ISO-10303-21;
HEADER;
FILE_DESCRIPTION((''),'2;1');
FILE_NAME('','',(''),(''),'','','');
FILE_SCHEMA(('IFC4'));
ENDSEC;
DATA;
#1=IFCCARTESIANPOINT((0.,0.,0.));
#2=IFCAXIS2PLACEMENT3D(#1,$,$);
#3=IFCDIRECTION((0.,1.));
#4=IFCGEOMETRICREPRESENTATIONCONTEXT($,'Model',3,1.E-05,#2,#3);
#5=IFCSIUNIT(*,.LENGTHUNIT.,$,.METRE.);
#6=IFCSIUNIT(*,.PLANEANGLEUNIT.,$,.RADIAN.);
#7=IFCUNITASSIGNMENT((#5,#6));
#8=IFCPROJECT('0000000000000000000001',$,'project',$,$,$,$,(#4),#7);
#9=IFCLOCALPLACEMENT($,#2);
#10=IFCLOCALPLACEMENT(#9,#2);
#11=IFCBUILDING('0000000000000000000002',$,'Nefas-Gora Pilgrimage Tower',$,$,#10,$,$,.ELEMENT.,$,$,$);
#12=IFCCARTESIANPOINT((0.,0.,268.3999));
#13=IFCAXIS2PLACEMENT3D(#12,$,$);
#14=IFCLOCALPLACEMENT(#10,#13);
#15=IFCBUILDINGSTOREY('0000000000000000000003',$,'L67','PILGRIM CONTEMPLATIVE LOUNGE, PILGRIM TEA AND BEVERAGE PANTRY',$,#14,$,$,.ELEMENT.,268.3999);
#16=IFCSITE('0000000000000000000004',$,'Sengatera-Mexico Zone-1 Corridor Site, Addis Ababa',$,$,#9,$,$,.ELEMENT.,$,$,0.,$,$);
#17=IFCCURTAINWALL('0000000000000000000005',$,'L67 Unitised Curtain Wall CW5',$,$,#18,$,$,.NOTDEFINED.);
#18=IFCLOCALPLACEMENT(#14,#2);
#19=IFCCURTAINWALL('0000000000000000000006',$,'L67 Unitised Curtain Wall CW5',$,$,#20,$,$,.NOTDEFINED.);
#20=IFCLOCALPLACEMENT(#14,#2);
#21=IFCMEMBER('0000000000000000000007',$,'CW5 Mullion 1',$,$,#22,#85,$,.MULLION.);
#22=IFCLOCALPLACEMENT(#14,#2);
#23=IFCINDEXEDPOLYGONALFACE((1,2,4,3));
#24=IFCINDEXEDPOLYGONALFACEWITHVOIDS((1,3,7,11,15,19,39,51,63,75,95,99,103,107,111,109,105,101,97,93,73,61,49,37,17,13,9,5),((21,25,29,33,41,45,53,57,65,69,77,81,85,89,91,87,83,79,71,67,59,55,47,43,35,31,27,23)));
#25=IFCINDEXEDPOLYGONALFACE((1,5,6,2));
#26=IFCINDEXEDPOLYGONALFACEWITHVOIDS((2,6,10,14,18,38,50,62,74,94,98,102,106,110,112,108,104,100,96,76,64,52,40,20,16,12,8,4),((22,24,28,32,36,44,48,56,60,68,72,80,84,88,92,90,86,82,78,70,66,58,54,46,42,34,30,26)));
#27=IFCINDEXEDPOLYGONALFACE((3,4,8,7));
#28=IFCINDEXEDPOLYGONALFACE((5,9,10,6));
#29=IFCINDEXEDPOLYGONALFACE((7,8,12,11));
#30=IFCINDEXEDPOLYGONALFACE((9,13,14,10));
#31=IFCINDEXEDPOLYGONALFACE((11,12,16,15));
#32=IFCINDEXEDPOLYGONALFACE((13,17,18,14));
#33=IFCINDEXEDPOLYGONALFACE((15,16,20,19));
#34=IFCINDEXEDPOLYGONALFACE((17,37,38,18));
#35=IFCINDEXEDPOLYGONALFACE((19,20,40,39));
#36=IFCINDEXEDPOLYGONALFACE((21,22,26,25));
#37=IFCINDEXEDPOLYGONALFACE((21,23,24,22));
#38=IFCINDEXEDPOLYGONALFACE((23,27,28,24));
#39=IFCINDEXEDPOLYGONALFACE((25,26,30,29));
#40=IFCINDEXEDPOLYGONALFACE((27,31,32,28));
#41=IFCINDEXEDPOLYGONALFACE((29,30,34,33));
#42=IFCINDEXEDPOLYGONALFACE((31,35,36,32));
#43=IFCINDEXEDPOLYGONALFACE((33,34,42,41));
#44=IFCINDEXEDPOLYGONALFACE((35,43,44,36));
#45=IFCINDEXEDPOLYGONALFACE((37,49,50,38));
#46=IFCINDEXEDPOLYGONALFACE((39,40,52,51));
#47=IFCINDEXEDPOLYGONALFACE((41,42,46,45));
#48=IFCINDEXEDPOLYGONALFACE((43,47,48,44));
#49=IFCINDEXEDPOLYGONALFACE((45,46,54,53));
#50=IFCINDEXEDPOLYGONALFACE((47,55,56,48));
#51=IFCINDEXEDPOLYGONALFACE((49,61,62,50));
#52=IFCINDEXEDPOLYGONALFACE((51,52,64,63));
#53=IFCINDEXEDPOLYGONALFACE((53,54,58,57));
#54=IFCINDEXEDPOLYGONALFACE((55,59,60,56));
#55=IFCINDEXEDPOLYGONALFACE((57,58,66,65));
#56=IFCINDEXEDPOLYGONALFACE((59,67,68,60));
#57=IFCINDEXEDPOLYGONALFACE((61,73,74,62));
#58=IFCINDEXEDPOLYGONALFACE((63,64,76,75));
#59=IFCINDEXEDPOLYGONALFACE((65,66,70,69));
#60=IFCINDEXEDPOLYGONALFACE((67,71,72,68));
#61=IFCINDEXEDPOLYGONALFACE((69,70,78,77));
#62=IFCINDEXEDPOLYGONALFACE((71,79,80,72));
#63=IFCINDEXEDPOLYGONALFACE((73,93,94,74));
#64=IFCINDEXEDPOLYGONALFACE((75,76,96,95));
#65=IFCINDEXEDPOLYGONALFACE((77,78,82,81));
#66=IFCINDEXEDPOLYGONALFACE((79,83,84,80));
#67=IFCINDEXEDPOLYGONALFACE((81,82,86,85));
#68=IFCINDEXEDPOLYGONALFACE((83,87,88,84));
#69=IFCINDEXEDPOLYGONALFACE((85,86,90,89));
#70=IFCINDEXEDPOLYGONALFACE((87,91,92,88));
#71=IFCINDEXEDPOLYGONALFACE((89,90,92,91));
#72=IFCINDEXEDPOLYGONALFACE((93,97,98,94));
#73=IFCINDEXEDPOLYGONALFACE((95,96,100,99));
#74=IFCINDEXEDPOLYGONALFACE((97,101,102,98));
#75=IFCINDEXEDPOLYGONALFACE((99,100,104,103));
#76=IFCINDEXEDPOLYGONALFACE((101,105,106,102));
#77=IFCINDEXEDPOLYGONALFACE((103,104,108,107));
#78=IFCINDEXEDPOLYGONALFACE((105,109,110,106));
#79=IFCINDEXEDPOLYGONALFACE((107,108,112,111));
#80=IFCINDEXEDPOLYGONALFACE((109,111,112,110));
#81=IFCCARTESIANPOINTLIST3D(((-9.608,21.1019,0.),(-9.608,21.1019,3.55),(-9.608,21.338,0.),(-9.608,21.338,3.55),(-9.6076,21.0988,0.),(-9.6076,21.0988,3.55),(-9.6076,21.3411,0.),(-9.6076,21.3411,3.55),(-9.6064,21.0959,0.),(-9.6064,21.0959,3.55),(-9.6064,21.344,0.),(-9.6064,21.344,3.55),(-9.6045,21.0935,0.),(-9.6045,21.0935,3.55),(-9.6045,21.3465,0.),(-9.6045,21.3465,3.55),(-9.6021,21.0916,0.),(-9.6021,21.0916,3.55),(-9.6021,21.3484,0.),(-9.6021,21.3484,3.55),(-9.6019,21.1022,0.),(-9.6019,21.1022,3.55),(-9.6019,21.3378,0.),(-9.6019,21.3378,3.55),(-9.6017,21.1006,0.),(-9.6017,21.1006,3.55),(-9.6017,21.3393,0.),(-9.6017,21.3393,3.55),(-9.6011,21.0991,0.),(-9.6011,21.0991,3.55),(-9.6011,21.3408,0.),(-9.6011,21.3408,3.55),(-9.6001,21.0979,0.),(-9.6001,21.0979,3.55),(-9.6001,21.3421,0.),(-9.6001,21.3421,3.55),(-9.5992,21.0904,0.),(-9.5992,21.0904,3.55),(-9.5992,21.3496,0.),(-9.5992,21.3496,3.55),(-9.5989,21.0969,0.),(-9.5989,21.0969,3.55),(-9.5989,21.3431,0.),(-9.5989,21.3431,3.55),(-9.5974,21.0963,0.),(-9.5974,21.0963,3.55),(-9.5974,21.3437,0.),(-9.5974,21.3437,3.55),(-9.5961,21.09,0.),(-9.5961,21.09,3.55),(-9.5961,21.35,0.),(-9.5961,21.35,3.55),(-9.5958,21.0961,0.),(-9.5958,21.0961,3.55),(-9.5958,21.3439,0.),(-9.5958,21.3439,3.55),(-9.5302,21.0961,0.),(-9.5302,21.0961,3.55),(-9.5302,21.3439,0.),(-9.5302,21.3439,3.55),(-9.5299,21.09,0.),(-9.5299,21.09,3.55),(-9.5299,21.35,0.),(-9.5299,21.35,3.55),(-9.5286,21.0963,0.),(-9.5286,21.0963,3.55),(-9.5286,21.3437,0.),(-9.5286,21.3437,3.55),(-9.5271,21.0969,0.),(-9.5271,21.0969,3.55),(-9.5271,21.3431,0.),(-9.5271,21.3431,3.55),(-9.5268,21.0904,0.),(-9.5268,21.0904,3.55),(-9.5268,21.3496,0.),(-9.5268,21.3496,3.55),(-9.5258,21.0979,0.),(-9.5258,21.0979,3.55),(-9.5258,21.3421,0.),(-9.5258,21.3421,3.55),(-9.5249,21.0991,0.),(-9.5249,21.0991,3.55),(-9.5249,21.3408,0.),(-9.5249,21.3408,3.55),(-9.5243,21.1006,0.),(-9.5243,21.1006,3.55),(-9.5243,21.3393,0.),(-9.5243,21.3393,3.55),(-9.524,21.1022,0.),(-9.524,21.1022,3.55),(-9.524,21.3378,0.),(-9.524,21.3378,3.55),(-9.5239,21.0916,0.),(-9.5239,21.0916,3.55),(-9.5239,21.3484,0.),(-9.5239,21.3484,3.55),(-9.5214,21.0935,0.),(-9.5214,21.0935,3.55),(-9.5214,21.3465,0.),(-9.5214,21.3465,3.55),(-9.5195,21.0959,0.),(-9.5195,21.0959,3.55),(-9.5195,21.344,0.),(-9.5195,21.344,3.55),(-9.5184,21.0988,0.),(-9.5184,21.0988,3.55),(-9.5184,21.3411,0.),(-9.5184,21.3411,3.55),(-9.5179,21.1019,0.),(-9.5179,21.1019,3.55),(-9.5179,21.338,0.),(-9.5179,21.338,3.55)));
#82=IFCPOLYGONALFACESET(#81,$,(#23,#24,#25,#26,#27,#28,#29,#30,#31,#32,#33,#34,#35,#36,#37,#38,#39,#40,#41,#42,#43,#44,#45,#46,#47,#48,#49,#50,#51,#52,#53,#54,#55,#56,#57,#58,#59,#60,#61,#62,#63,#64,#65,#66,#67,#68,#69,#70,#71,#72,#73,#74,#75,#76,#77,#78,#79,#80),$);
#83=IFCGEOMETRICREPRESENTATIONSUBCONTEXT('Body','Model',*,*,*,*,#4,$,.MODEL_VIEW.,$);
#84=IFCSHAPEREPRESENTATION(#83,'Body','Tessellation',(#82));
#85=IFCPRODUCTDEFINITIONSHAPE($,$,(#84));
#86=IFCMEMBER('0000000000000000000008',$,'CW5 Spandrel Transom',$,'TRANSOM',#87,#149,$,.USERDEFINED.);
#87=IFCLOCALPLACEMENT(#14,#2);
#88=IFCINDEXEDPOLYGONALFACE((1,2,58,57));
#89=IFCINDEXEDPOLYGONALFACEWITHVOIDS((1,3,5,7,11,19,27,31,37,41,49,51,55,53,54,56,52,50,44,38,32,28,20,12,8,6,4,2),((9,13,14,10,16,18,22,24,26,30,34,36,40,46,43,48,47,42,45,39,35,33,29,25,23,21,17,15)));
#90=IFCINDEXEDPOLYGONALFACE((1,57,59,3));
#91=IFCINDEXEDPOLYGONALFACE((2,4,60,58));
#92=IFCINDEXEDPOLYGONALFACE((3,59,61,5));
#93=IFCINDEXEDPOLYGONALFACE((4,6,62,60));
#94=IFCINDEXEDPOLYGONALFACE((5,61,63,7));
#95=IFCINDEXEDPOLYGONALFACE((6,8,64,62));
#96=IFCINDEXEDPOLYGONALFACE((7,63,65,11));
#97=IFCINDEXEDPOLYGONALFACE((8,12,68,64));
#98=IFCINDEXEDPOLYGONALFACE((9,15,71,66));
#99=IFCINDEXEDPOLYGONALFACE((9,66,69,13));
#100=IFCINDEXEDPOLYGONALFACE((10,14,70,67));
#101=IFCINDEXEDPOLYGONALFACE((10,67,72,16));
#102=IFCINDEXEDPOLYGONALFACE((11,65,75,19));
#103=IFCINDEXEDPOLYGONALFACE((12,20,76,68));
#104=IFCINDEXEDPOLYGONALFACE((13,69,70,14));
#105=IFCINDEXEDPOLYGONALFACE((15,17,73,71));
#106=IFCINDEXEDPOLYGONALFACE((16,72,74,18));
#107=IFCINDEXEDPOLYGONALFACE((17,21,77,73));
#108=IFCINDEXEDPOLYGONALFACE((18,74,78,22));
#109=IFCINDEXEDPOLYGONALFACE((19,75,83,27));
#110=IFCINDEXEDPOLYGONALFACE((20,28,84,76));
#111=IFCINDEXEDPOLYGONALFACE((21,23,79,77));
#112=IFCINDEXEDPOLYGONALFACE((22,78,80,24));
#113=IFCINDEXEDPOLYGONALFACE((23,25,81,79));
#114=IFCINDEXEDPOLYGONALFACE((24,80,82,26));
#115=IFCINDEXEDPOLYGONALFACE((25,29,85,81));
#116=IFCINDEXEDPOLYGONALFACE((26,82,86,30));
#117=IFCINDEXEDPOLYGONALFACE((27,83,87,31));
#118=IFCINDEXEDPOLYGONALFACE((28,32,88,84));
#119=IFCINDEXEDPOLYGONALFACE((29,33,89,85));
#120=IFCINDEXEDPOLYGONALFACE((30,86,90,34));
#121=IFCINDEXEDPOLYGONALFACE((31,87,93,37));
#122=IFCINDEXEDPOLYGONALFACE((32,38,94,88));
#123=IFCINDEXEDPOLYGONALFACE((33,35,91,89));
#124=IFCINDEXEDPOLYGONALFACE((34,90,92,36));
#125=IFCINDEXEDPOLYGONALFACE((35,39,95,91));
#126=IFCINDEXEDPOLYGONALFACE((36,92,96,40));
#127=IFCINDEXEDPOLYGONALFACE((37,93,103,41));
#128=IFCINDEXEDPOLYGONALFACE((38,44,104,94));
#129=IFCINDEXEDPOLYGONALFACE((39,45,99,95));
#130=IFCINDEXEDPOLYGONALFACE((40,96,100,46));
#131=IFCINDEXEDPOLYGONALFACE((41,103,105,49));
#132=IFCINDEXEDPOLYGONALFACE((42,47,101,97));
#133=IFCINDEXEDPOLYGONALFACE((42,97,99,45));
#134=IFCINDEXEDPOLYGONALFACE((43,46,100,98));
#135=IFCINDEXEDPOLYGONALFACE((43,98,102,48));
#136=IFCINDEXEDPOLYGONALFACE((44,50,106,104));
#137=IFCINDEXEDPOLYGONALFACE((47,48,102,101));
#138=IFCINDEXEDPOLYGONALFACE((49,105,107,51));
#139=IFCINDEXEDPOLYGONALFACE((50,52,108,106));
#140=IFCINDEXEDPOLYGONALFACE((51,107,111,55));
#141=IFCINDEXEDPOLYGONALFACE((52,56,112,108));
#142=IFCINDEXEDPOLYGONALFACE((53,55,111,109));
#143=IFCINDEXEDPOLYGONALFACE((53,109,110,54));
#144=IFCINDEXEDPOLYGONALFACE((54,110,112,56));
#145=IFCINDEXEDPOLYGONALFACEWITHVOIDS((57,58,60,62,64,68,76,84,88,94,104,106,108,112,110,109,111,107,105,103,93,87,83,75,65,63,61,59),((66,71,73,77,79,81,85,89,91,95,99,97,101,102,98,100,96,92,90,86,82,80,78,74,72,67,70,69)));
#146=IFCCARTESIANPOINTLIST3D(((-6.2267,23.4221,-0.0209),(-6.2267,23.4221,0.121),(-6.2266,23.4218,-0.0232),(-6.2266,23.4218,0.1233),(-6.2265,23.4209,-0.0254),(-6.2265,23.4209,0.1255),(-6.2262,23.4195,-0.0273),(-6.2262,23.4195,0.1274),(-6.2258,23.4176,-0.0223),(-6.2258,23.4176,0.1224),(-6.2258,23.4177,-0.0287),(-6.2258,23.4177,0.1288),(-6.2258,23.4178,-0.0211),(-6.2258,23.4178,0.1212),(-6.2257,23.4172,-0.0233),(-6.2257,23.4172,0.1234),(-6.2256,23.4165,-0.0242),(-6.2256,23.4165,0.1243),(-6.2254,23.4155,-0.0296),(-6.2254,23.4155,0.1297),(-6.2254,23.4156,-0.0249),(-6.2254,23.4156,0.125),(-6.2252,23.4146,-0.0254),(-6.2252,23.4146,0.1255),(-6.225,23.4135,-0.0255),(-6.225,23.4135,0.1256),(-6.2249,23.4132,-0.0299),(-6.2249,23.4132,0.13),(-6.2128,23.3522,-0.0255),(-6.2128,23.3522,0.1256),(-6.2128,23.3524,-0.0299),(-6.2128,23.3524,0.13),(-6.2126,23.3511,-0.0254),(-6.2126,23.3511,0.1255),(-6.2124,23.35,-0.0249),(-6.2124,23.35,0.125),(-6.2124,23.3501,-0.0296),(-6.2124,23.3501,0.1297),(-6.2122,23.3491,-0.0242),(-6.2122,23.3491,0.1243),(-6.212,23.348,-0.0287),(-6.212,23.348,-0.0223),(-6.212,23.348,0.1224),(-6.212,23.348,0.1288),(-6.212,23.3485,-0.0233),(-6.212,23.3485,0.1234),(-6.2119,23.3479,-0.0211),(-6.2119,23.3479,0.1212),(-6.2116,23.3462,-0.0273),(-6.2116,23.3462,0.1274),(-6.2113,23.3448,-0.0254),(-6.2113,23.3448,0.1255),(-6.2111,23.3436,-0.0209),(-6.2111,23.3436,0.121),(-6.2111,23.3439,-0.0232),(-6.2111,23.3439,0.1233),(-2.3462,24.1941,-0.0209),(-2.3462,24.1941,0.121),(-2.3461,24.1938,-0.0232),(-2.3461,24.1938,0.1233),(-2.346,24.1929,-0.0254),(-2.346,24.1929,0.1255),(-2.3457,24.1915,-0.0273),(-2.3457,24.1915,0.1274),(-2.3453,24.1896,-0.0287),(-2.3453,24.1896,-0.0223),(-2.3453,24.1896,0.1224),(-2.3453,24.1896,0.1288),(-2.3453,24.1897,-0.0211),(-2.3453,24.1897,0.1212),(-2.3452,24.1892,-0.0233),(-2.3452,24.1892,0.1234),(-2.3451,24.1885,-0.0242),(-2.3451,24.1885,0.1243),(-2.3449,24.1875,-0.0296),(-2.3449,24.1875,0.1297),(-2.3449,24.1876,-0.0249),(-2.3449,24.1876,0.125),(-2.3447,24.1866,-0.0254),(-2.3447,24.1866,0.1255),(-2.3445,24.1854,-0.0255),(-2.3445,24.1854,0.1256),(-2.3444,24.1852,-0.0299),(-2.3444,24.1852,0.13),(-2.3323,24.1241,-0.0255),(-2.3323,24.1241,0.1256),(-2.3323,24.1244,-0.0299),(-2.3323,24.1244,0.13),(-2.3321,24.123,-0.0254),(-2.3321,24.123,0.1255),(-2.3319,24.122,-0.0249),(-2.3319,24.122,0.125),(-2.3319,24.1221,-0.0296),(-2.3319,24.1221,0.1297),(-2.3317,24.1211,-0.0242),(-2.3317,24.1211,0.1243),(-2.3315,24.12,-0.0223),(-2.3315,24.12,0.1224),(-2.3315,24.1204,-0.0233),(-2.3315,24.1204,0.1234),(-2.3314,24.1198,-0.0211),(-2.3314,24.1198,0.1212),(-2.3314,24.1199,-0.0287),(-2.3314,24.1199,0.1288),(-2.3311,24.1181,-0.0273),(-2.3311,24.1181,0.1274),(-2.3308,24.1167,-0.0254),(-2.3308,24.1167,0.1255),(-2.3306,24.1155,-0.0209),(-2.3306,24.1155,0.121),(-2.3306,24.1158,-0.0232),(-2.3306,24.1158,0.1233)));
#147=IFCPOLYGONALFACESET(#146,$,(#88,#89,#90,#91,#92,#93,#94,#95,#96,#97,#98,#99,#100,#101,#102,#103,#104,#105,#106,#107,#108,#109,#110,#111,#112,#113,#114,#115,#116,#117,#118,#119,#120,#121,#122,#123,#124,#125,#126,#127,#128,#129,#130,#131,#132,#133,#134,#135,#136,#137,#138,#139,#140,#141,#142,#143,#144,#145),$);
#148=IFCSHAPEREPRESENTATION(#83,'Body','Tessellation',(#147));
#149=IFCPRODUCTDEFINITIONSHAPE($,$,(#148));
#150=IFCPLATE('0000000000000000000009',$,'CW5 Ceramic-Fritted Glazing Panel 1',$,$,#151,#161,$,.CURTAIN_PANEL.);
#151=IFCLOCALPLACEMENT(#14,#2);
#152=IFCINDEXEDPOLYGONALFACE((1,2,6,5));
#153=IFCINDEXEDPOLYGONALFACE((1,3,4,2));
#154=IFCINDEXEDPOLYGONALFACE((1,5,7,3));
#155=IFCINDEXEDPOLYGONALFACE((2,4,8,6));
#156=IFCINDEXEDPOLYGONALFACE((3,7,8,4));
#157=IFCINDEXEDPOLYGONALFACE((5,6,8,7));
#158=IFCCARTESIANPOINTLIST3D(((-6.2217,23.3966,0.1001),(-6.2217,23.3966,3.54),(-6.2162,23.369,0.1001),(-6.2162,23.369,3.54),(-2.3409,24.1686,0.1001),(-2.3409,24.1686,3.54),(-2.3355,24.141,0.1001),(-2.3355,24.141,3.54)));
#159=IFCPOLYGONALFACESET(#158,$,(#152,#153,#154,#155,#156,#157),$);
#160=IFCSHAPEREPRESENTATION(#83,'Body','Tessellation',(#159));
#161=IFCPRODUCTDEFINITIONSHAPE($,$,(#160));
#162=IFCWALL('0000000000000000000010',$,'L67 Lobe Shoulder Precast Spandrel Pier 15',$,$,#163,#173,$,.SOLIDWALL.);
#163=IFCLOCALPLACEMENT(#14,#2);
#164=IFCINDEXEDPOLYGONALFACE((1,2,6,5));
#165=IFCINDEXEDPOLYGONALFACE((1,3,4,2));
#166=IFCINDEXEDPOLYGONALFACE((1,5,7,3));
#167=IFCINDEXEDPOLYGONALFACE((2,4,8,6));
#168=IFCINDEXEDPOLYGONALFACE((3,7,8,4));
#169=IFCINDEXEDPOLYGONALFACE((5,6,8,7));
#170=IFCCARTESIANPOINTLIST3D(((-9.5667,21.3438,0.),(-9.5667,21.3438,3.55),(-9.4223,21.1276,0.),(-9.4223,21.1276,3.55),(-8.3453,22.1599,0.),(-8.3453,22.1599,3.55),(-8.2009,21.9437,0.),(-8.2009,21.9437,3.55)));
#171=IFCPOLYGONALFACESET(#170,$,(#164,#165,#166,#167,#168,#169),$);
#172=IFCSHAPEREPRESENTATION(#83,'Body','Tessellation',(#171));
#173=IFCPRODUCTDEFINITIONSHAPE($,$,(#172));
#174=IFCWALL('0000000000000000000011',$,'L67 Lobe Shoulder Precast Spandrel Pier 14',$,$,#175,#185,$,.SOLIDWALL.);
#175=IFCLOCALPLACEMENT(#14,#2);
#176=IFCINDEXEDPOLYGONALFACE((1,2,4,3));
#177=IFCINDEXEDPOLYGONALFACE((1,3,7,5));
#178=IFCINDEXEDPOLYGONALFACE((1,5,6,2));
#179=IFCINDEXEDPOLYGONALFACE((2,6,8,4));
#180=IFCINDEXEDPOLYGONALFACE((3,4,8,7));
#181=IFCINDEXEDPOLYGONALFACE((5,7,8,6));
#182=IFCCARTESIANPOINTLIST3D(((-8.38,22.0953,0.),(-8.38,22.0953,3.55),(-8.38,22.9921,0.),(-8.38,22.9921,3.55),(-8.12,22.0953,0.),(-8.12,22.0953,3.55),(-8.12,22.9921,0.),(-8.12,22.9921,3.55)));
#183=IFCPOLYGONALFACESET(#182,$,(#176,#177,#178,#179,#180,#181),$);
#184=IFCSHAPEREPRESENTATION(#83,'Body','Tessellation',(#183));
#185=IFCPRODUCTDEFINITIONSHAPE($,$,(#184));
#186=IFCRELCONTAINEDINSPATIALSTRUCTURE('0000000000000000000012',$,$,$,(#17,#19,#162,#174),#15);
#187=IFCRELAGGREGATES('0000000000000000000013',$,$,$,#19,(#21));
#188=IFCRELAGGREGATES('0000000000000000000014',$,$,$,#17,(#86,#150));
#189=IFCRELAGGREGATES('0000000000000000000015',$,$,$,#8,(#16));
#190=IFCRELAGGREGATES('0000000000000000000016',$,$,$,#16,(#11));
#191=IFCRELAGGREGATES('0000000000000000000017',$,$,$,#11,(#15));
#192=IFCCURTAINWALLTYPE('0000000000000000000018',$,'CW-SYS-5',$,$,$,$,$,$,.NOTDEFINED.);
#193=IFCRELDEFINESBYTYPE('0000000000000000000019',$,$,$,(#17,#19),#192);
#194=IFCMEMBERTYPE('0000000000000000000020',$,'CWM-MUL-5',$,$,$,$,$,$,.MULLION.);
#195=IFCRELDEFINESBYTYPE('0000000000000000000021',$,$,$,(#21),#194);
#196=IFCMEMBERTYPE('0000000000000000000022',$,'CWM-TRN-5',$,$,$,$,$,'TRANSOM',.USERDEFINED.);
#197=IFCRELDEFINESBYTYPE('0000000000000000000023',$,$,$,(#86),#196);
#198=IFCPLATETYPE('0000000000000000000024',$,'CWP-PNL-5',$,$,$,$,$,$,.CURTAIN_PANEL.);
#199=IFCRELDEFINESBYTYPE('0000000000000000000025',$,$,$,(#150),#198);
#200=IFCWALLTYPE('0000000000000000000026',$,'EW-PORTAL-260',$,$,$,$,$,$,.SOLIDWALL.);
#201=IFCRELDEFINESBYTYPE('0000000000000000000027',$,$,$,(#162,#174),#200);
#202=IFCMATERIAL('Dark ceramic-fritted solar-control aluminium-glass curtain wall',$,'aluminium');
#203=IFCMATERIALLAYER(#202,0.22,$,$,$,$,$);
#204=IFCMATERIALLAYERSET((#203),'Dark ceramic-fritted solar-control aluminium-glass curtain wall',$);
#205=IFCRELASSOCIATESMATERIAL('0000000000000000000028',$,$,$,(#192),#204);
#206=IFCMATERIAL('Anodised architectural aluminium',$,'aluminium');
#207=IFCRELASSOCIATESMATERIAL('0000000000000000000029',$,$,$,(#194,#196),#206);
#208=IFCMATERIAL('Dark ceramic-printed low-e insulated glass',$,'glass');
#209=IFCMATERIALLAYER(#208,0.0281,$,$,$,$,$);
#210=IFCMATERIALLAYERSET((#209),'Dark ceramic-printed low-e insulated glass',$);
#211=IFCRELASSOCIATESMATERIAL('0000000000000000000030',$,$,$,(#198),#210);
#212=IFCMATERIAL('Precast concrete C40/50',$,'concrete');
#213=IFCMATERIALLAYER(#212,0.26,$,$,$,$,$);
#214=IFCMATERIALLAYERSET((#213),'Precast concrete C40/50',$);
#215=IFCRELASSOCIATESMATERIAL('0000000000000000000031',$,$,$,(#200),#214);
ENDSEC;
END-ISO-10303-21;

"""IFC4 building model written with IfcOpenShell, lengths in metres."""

from ifc_helpers import new_model, si_unit, direction, frame, frame_2d, origin, origin_2d, place, context, subcontext, project, spatial, rectangle, hollow_rectangle, extrude, source, transform, mapped, material, layer, layer_set, material_profile, profile_set, type_object, element, aggregate, save


model = new_model("IFC4")

# Units and contexts
model_context = context("Model", 3, precision=1e-05, world=origin(), true_north=direction((0.0, 1.0)))
body_context = subcontext(model_context, "Body", "Model", "MODEL_VIEW")
ifc_project = project(units=[si_unit("LENGTHUNIT", "METRE"), si_unit("PLANEANGLEUNIT", "RADIAN")], contexts=[model_context])

# Site, building, storey
site_placement = place(None, origin())
site = spatial("IfcSite", under=ifc_project, at=site_placement, Name="Sengatera-Mexico Zone-1 Corridor Site, Addis Ababa", CompositionType="ELEMENT", RefElevation=0.0)
building_placement = place(site_placement, origin())
building = spatial("IfcBuilding", under=site, at=building_placement, Name="Nefas-Gora Pilgrimage Tower", CompositionType="ELEMENT")
storey_placement = place(building_placement, frame((0.0, 0.0, 268.3999)))
storey = spatial("IfcBuildingStorey", under=building, at=storey_placement, Name="L67", Description="PILGRIM CONTEMPLATIVE LOUNGE, PILGRIM TEA AND BEVERAGE PANTRY", CompositionType="ELEMENT", Elevation=268.3999)

# Curtain wall
ifc_material_1 = material(Name="Dark ceramic-fritted solar-control aluminium-glass curtain wall", Category="aluminium")
ifc_layer_1 = layer(ifc_material_1, 0.22)
ifc_layer_set_1 = layer_set([ifc_layer_1], Name="Dark ceramic-fritted solar-control aluminium-glass curtain wall")
curtain_wall_type = type_object("IfcCurtainWallType", Name="CW-SYS-5", PredefinedType="NOTDEFINED", material=ifc_layer_set_1)
curtain_wall_1_placement = place(storey_placement, origin())
curtain_wall_1 = element("IfcCurtainWall", 1, at=curtain_wall_1_placement, inside=storey, type_object=curtain_wall_type, Name="L67 Unitised Curtain Wall CW5", PredefinedType="NOTDEFINED")
ifc_material_2 = material(Name="Anodised architectural aluminium", Category="aluminium")
ifc_material_profile_1 = material_profile(ifc_material_2, hollow_rectangle(XDim=0.0901, YDim=0.26, WallThickness=0.0061, InnerFilletRadius=0.0061, OuterFilletRadius=0.012, at=origin_2d()), Name="ALU MULLION 90x260")
ifc_profile_set_1 = profile_set([ifc_material_profile_1], Name="Anodised architectural aluminium")
member_type_1 = type_object("IfcMemberType", Name="CWM-MUL-5", PredefinedType="MULLION", material=ifc_profile_set_1)
shared_shape_1 = source(origin(), body_context, "Body", "SweptSolid", [
    extrude(hollow_rectangle(XDim=0.0901, YDim=0.26, WallThickness=0.0061, InnerFilletRadius=0.0061, OuterFilletRadius=0.012, at=origin_2d()), origin(), (0.0, 0.0, 1.0), 3.55),
])

# Curtain wall, member
curtain_wall_2_placement = place(storey_placement, origin())
curtain_wall_2 = element("IfcCurtainWall", 2, at=curtain_wall_2_placement, inside=storey, type_object=curtain_wall_type, Name="L67 Unitised Curtain Wall CW5", PredefinedType="NOTDEFINED")
member_1_placement = place(storey_placement, frame((-9.563, 21.22, 0.0), z_axis=(0.0, 0.0, 1.0), x_axis=(-1.0, 0.0, 0.0)))
member_1 = element("IfcMember", 3, at=member_1_placement, type_object=member_type_1, Name="CW5 Mullion 1", PredefinedType="MULLION", context=body_context, shape_type="MappedRepresentation", body=[
    mapped(shared_shape_1, transform((0.0, 0.0, 0.0), x_axis=(1.0, 0.0, 0.0), y_axis=(0.0, 1.0, 0.0), z_axis=(0.0, 0.0, 1.0), scale=1.0)),
])
aggregate(curtain_wall_2, [member_1])

# Member
ifc_material_profile_2 = material_profile(ifc_material_2, hollow_rectangle(XDim=0.0801, YDim=0.1599, WallThickness=0.0044, InnerFilletRadius=0.0044, OuterFilletRadius=0.009, at=origin_2d()), Name="ALU TRANSOM 80x160")
ifc_profile_set_2 = profile_set([ifc_material_profile_2], Name="Anodised architectural aluminium")
member_type_2 = type_object("IfcMemberType", Name="CWM-TRN-5", ElementType="TRANSOM", PredefinedType="USERDEFINED", material=ifc_profile_set_2)
shared_shape_2 = source(origin(), body_context, "Body", "SweptSolid", [
    extrude(hollow_rectangle(XDim=0.0801, YDim=0.1599, WallThickness=0.0044, InnerFilletRadius=0.0044, OuterFilletRadius=0.009, at=origin_2d()), origin(), (0.0, 0.0, 1.0), 3.9565),
])
member_2_placement = place(storey_placement, frame((-2.3384, 24.1548, 0.05), z_axis=(-0.980782, -0.195107, 0.0), x_axis=(0.195107, -0.980782, 0.0)))
member_2 = element("IfcMember", 4, at=member_2_placement, type_object=member_type_2, Name="CW5 Spandrel Transom", ObjectType="TRANSOM", PredefinedType="USERDEFINED", context=body_context, shape_type="MappedRepresentation", body=[
    mapped(shared_shape_2, transform((0.0, 0.0, 0.0), x_axis=(1.0, 0.0, 0.0), y_axis=(0.0, 1.0, 0.0), z_axis=(0.0, 0.0, 1.0), scale=1.0)),
])

# Plate
ifc_material_3 = material(Name="Dark ceramic-printed low-e insulated glass", Category="glass")
ifc_layer_2 = layer(ifc_material_3, 0.0281)
ifc_layer_set_2 = layer_set([ifc_layer_2], Name="Dark ceramic-printed low-e insulated glass")
plate_type = type_object("IfcPlateType", Name="CWP-PNL-5", PredefinedType="CURTAIN_PANEL", material=ifc_layer_set_2)
shared_shape_3 = source(origin(), body_context, "Body", "SweptSolid", [
    extrude(rectangle(XDim=3.9568, YDim=0.0281, at=origin_2d()), origin(), (0.0, 0.0, 1.0), 3.4399),
])
plate_placement = place(storey_placement, frame((-4.2786, 23.7688, 0.1001), z_axis=(0.0, 0.0, 1.0), x_axis=(-0.980783, -0.195102, 0.0)))
plate = element("IfcPlate", 5, at=plate_placement, type_object=plate_type, Name="CW5 Ceramic-Fritted Glazing Panel 1", PredefinedType="CURTAIN_PANEL", context=body_context, shape_type="MappedRepresentation", body=[
    mapped(shared_shape_3, transform((0.0, 0.0, 0.0), x_axis=(1.0, 0.0, 0.0), y_axis=(0.0, 1.0, 0.0), z_axis=(0.0, 0.0, 1.0), scale=1.0)),
])
aggregate(curtain_wall_1, [member_2, plate])

# Walls
ifc_material_4 = material(Name="Precast concrete C40/50", Category="concrete")
ifc_layer_3 = layer(ifc_material_4, 0.26)
ifc_layer_set_3 = layer_set([ifc_layer_3], Name="Precast concrete C40/50")
wall_type_1 = type_object("IfcWallType", Name="EW-PORTAL-260", PredefinedType="SOLIDWALL", material=ifc_layer_set_3)
shared_shape_4 = source(origin(), body_context, "Body", "SweptSolid", [
    extrude(rectangle(XDim=1.469, YDim=0.26, at=frame_2d((0.7344, 0.0))), origin(), (0.0, 0.0, 1.0), 3.55),
])
wall_1_placement = place(storey_placement, frame((-8.2732, 22.0518, 0.0), z_axis=(0.0, 0.0, 1.0), x_axis=(-0.831462, -0.555582, 0.0)))
element("IfcWall", 6, at=wall_1_placement, inside=storey, type_object=wall_type_1, Name="L67 Lobe Shoulder Precast Spandrel Pier 15", PredefinedType="SOLIDWALL", context=body_context, shape_type="MappedRepresentation", body=[
    mapped(shared_shape_4, transform((0.0, 0.0, 0.0), x_axis=(1.0, 0.0, 0.0), y_axis=(0.0, 1.0, 0.0), z_axis=(0.0, 0.0, 1.0), scale=1.0)),
])
shared_shape_5 = source(origin(), body_context, "Body", "SweptSolid", [
    extrude(rectangle(XDim=0.8967, YDim=0.26, at=frame_2d((0.4482, 0.0))), origin(), (0.0, 0.0, 1.0), 3.55),
])
wall_2_placement = place(storey_placement, frame((-8.25, 22.9919, 0.0), z_axis=(0.0, 0.0, 1.0), x_axis=(0.0, -1.0, 0.0)))
element("IfcWall", 7, at=wall_2_placement, inside=storey, type_object=wall_type_1, Name="L67 Lobe Shoulder Precast Spandrel Pier 14", PredefinedType="SOLIDWALL", context=body_context, shape_type="MappedRepresentation", body=[
    mapped(shared_shape_5, transform((0.0, 0.0, 0.0), x_axis=(1.0, 0.0, 0.0), y_axis=(0.0, 1.0, 0.0), z_axis=(0.0, 0.0, 1.0), scale=1.0)),
])

save(model, "model.ifc")
